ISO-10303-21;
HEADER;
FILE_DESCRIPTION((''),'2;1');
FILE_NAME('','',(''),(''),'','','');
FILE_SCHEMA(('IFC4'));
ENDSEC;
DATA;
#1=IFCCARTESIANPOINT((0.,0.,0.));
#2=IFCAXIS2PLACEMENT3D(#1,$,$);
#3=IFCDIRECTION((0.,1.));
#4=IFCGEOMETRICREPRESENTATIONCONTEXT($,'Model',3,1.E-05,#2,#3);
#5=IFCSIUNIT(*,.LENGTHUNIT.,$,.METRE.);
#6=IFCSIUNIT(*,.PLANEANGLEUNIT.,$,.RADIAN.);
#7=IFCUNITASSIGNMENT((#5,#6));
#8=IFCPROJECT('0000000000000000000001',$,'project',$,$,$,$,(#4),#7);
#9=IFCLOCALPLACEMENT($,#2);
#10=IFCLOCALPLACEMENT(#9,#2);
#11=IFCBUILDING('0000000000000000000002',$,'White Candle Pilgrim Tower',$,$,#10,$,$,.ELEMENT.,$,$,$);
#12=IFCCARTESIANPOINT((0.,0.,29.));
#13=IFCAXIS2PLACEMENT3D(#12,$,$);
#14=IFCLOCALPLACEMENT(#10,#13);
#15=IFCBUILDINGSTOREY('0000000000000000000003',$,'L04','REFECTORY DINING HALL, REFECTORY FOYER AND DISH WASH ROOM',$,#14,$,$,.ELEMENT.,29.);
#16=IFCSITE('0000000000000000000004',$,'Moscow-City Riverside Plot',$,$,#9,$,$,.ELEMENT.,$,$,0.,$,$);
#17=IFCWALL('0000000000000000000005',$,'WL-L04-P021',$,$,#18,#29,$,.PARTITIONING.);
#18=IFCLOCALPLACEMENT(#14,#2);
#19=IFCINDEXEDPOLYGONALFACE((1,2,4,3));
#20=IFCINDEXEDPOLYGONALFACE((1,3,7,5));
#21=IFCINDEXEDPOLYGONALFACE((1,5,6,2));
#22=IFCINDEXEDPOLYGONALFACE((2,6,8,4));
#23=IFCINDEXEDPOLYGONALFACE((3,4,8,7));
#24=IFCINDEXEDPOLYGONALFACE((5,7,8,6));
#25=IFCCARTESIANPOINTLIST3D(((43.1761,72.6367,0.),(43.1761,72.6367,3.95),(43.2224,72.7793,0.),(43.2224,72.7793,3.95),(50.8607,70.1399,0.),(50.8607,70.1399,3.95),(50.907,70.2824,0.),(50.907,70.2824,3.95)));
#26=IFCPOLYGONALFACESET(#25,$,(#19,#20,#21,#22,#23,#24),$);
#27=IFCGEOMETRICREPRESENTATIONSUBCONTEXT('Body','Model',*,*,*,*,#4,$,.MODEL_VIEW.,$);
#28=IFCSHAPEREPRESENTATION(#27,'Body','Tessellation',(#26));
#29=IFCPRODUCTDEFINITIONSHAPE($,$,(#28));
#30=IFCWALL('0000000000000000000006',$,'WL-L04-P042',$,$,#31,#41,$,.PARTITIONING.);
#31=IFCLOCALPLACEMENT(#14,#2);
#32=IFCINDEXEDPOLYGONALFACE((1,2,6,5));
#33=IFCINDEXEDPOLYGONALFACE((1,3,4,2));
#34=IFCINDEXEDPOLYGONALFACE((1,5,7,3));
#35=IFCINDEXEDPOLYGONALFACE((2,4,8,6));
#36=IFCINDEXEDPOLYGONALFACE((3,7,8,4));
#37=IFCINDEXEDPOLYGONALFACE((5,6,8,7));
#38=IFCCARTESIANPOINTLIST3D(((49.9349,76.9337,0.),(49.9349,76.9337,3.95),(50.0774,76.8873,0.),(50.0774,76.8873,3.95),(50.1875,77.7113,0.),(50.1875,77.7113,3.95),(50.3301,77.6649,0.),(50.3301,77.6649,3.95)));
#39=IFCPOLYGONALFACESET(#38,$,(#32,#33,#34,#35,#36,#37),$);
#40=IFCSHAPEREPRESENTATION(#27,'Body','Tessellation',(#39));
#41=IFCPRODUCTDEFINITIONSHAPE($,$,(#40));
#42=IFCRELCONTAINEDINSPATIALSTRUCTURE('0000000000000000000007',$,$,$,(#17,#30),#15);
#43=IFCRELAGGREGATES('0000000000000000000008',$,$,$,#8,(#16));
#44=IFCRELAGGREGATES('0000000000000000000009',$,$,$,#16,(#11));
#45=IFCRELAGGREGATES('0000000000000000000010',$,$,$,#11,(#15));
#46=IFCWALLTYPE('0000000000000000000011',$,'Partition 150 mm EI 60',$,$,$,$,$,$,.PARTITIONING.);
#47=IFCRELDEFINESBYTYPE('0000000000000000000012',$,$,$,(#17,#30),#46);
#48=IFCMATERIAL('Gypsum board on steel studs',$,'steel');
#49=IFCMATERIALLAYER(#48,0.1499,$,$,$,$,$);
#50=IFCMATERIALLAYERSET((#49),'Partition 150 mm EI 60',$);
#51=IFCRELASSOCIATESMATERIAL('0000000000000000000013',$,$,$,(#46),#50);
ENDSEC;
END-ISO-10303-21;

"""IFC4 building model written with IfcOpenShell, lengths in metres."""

from ifc_helpers import new_model, si_unit, direction, frame, frame_2d, origin, place, context, subcontext, project, spatial, rectangle, extrude, material, layer, layer_set, type_object, element, save


model = new_model("IFC4")

# Units and contexts
model_context = context("Model", 3, precision=1e-05, world=origin(), true_north=direction((0.0, 1.0)))
body_context = subcontext(model_context, "Body", "Model", "MODEL_VIEW")
ifc_project = project(units=[si_unit("LENGTHUNIT", "METRE"), si_unit("PLANEANGLEUNIT", "RADIAN")], contexts=[model_context])

# Site, building, storey
site_placement = place(None, origin())
site = spatial("IfcSite", under=ifc_project, at=site_placement, Name="Moscow-City Riverside Plot", CompositionType="ELEMENT", RefElevation=0.0)
building_placement = place(site_placement, origin())
building = spatial("IfcBuilding", under=site, at=building_placement, Name="White Candle Pilgrim Tower", CompositionType="ELEMENT")
storey_placement = place(building_placement, frame((0.0, 0.0, 29.0)))
storey = spatial("IfcBuildingStorey", under=building, at=storey_placement, Name="L04", Description="REFECTORY DINING HALL, REFECTORY FOYER AND DISH WASH ROOM", CompositionType="ELEMENT", Elevation=29.0)

# Shared definitions
ifc_material_1 = material(Name="Gypsum board on steel studs", Category="steel")

# Walls
ifc_layer_1 = layer(ifc_material_1, 0.1499)
ifc_layer_set_1 = layer_set([ifc_layer_1], Name="Partition 150 mm EI 60")
wall_type_1 = type_object("IfcWallType", Name="Partition 150 mm EI 60", PredefinedType="PARTITIONING", material=ifc_layer_set_1)
wall_1_placement = place(storey_placement, frame((43.1992, 72.708, 0.0), z_axis=(0.0, 0.0, 1.0), x_axis=(0.951058, -0.309012, 0.0)))
element("IfcWall", 1, at=wall_1_placement, inside=storey, type_object=wall_type_1, Name="WL-L04-P021", PredefinedType="PARTITIONING", context=body_context, shape_type="SweptSolid", body=[
    extrude(rectangle(XDim=8.0801, YDim=0.1499, at=frame_2d((4.04, 0.0))), origin(), (0.0, 0.0, 1.0), 3.95),
])
wall_2_placement = place(storey_placement, frame((50.2588, 77.688, 0.0), z_axis=(0.0, 0.0, 1.0), x_axis=(-0.309052, -0.951045, 0.0)))
element("IfcWall", 2, at=wall_2_placement, inside=storey, type_object=wall_type_1, Name="WL-L04-P042", PredefinedType="PARTITIONING", context=body_context, shape_type="SweptSolid", body=[
    extrude(rectangle(XDim=0.8176, YDim=0.1499, at=frame_2d((0.4087, 0.0))), origin(), (0.0, 0.0, 1.0), 3.95),
])

save(model, "model.ifc")
